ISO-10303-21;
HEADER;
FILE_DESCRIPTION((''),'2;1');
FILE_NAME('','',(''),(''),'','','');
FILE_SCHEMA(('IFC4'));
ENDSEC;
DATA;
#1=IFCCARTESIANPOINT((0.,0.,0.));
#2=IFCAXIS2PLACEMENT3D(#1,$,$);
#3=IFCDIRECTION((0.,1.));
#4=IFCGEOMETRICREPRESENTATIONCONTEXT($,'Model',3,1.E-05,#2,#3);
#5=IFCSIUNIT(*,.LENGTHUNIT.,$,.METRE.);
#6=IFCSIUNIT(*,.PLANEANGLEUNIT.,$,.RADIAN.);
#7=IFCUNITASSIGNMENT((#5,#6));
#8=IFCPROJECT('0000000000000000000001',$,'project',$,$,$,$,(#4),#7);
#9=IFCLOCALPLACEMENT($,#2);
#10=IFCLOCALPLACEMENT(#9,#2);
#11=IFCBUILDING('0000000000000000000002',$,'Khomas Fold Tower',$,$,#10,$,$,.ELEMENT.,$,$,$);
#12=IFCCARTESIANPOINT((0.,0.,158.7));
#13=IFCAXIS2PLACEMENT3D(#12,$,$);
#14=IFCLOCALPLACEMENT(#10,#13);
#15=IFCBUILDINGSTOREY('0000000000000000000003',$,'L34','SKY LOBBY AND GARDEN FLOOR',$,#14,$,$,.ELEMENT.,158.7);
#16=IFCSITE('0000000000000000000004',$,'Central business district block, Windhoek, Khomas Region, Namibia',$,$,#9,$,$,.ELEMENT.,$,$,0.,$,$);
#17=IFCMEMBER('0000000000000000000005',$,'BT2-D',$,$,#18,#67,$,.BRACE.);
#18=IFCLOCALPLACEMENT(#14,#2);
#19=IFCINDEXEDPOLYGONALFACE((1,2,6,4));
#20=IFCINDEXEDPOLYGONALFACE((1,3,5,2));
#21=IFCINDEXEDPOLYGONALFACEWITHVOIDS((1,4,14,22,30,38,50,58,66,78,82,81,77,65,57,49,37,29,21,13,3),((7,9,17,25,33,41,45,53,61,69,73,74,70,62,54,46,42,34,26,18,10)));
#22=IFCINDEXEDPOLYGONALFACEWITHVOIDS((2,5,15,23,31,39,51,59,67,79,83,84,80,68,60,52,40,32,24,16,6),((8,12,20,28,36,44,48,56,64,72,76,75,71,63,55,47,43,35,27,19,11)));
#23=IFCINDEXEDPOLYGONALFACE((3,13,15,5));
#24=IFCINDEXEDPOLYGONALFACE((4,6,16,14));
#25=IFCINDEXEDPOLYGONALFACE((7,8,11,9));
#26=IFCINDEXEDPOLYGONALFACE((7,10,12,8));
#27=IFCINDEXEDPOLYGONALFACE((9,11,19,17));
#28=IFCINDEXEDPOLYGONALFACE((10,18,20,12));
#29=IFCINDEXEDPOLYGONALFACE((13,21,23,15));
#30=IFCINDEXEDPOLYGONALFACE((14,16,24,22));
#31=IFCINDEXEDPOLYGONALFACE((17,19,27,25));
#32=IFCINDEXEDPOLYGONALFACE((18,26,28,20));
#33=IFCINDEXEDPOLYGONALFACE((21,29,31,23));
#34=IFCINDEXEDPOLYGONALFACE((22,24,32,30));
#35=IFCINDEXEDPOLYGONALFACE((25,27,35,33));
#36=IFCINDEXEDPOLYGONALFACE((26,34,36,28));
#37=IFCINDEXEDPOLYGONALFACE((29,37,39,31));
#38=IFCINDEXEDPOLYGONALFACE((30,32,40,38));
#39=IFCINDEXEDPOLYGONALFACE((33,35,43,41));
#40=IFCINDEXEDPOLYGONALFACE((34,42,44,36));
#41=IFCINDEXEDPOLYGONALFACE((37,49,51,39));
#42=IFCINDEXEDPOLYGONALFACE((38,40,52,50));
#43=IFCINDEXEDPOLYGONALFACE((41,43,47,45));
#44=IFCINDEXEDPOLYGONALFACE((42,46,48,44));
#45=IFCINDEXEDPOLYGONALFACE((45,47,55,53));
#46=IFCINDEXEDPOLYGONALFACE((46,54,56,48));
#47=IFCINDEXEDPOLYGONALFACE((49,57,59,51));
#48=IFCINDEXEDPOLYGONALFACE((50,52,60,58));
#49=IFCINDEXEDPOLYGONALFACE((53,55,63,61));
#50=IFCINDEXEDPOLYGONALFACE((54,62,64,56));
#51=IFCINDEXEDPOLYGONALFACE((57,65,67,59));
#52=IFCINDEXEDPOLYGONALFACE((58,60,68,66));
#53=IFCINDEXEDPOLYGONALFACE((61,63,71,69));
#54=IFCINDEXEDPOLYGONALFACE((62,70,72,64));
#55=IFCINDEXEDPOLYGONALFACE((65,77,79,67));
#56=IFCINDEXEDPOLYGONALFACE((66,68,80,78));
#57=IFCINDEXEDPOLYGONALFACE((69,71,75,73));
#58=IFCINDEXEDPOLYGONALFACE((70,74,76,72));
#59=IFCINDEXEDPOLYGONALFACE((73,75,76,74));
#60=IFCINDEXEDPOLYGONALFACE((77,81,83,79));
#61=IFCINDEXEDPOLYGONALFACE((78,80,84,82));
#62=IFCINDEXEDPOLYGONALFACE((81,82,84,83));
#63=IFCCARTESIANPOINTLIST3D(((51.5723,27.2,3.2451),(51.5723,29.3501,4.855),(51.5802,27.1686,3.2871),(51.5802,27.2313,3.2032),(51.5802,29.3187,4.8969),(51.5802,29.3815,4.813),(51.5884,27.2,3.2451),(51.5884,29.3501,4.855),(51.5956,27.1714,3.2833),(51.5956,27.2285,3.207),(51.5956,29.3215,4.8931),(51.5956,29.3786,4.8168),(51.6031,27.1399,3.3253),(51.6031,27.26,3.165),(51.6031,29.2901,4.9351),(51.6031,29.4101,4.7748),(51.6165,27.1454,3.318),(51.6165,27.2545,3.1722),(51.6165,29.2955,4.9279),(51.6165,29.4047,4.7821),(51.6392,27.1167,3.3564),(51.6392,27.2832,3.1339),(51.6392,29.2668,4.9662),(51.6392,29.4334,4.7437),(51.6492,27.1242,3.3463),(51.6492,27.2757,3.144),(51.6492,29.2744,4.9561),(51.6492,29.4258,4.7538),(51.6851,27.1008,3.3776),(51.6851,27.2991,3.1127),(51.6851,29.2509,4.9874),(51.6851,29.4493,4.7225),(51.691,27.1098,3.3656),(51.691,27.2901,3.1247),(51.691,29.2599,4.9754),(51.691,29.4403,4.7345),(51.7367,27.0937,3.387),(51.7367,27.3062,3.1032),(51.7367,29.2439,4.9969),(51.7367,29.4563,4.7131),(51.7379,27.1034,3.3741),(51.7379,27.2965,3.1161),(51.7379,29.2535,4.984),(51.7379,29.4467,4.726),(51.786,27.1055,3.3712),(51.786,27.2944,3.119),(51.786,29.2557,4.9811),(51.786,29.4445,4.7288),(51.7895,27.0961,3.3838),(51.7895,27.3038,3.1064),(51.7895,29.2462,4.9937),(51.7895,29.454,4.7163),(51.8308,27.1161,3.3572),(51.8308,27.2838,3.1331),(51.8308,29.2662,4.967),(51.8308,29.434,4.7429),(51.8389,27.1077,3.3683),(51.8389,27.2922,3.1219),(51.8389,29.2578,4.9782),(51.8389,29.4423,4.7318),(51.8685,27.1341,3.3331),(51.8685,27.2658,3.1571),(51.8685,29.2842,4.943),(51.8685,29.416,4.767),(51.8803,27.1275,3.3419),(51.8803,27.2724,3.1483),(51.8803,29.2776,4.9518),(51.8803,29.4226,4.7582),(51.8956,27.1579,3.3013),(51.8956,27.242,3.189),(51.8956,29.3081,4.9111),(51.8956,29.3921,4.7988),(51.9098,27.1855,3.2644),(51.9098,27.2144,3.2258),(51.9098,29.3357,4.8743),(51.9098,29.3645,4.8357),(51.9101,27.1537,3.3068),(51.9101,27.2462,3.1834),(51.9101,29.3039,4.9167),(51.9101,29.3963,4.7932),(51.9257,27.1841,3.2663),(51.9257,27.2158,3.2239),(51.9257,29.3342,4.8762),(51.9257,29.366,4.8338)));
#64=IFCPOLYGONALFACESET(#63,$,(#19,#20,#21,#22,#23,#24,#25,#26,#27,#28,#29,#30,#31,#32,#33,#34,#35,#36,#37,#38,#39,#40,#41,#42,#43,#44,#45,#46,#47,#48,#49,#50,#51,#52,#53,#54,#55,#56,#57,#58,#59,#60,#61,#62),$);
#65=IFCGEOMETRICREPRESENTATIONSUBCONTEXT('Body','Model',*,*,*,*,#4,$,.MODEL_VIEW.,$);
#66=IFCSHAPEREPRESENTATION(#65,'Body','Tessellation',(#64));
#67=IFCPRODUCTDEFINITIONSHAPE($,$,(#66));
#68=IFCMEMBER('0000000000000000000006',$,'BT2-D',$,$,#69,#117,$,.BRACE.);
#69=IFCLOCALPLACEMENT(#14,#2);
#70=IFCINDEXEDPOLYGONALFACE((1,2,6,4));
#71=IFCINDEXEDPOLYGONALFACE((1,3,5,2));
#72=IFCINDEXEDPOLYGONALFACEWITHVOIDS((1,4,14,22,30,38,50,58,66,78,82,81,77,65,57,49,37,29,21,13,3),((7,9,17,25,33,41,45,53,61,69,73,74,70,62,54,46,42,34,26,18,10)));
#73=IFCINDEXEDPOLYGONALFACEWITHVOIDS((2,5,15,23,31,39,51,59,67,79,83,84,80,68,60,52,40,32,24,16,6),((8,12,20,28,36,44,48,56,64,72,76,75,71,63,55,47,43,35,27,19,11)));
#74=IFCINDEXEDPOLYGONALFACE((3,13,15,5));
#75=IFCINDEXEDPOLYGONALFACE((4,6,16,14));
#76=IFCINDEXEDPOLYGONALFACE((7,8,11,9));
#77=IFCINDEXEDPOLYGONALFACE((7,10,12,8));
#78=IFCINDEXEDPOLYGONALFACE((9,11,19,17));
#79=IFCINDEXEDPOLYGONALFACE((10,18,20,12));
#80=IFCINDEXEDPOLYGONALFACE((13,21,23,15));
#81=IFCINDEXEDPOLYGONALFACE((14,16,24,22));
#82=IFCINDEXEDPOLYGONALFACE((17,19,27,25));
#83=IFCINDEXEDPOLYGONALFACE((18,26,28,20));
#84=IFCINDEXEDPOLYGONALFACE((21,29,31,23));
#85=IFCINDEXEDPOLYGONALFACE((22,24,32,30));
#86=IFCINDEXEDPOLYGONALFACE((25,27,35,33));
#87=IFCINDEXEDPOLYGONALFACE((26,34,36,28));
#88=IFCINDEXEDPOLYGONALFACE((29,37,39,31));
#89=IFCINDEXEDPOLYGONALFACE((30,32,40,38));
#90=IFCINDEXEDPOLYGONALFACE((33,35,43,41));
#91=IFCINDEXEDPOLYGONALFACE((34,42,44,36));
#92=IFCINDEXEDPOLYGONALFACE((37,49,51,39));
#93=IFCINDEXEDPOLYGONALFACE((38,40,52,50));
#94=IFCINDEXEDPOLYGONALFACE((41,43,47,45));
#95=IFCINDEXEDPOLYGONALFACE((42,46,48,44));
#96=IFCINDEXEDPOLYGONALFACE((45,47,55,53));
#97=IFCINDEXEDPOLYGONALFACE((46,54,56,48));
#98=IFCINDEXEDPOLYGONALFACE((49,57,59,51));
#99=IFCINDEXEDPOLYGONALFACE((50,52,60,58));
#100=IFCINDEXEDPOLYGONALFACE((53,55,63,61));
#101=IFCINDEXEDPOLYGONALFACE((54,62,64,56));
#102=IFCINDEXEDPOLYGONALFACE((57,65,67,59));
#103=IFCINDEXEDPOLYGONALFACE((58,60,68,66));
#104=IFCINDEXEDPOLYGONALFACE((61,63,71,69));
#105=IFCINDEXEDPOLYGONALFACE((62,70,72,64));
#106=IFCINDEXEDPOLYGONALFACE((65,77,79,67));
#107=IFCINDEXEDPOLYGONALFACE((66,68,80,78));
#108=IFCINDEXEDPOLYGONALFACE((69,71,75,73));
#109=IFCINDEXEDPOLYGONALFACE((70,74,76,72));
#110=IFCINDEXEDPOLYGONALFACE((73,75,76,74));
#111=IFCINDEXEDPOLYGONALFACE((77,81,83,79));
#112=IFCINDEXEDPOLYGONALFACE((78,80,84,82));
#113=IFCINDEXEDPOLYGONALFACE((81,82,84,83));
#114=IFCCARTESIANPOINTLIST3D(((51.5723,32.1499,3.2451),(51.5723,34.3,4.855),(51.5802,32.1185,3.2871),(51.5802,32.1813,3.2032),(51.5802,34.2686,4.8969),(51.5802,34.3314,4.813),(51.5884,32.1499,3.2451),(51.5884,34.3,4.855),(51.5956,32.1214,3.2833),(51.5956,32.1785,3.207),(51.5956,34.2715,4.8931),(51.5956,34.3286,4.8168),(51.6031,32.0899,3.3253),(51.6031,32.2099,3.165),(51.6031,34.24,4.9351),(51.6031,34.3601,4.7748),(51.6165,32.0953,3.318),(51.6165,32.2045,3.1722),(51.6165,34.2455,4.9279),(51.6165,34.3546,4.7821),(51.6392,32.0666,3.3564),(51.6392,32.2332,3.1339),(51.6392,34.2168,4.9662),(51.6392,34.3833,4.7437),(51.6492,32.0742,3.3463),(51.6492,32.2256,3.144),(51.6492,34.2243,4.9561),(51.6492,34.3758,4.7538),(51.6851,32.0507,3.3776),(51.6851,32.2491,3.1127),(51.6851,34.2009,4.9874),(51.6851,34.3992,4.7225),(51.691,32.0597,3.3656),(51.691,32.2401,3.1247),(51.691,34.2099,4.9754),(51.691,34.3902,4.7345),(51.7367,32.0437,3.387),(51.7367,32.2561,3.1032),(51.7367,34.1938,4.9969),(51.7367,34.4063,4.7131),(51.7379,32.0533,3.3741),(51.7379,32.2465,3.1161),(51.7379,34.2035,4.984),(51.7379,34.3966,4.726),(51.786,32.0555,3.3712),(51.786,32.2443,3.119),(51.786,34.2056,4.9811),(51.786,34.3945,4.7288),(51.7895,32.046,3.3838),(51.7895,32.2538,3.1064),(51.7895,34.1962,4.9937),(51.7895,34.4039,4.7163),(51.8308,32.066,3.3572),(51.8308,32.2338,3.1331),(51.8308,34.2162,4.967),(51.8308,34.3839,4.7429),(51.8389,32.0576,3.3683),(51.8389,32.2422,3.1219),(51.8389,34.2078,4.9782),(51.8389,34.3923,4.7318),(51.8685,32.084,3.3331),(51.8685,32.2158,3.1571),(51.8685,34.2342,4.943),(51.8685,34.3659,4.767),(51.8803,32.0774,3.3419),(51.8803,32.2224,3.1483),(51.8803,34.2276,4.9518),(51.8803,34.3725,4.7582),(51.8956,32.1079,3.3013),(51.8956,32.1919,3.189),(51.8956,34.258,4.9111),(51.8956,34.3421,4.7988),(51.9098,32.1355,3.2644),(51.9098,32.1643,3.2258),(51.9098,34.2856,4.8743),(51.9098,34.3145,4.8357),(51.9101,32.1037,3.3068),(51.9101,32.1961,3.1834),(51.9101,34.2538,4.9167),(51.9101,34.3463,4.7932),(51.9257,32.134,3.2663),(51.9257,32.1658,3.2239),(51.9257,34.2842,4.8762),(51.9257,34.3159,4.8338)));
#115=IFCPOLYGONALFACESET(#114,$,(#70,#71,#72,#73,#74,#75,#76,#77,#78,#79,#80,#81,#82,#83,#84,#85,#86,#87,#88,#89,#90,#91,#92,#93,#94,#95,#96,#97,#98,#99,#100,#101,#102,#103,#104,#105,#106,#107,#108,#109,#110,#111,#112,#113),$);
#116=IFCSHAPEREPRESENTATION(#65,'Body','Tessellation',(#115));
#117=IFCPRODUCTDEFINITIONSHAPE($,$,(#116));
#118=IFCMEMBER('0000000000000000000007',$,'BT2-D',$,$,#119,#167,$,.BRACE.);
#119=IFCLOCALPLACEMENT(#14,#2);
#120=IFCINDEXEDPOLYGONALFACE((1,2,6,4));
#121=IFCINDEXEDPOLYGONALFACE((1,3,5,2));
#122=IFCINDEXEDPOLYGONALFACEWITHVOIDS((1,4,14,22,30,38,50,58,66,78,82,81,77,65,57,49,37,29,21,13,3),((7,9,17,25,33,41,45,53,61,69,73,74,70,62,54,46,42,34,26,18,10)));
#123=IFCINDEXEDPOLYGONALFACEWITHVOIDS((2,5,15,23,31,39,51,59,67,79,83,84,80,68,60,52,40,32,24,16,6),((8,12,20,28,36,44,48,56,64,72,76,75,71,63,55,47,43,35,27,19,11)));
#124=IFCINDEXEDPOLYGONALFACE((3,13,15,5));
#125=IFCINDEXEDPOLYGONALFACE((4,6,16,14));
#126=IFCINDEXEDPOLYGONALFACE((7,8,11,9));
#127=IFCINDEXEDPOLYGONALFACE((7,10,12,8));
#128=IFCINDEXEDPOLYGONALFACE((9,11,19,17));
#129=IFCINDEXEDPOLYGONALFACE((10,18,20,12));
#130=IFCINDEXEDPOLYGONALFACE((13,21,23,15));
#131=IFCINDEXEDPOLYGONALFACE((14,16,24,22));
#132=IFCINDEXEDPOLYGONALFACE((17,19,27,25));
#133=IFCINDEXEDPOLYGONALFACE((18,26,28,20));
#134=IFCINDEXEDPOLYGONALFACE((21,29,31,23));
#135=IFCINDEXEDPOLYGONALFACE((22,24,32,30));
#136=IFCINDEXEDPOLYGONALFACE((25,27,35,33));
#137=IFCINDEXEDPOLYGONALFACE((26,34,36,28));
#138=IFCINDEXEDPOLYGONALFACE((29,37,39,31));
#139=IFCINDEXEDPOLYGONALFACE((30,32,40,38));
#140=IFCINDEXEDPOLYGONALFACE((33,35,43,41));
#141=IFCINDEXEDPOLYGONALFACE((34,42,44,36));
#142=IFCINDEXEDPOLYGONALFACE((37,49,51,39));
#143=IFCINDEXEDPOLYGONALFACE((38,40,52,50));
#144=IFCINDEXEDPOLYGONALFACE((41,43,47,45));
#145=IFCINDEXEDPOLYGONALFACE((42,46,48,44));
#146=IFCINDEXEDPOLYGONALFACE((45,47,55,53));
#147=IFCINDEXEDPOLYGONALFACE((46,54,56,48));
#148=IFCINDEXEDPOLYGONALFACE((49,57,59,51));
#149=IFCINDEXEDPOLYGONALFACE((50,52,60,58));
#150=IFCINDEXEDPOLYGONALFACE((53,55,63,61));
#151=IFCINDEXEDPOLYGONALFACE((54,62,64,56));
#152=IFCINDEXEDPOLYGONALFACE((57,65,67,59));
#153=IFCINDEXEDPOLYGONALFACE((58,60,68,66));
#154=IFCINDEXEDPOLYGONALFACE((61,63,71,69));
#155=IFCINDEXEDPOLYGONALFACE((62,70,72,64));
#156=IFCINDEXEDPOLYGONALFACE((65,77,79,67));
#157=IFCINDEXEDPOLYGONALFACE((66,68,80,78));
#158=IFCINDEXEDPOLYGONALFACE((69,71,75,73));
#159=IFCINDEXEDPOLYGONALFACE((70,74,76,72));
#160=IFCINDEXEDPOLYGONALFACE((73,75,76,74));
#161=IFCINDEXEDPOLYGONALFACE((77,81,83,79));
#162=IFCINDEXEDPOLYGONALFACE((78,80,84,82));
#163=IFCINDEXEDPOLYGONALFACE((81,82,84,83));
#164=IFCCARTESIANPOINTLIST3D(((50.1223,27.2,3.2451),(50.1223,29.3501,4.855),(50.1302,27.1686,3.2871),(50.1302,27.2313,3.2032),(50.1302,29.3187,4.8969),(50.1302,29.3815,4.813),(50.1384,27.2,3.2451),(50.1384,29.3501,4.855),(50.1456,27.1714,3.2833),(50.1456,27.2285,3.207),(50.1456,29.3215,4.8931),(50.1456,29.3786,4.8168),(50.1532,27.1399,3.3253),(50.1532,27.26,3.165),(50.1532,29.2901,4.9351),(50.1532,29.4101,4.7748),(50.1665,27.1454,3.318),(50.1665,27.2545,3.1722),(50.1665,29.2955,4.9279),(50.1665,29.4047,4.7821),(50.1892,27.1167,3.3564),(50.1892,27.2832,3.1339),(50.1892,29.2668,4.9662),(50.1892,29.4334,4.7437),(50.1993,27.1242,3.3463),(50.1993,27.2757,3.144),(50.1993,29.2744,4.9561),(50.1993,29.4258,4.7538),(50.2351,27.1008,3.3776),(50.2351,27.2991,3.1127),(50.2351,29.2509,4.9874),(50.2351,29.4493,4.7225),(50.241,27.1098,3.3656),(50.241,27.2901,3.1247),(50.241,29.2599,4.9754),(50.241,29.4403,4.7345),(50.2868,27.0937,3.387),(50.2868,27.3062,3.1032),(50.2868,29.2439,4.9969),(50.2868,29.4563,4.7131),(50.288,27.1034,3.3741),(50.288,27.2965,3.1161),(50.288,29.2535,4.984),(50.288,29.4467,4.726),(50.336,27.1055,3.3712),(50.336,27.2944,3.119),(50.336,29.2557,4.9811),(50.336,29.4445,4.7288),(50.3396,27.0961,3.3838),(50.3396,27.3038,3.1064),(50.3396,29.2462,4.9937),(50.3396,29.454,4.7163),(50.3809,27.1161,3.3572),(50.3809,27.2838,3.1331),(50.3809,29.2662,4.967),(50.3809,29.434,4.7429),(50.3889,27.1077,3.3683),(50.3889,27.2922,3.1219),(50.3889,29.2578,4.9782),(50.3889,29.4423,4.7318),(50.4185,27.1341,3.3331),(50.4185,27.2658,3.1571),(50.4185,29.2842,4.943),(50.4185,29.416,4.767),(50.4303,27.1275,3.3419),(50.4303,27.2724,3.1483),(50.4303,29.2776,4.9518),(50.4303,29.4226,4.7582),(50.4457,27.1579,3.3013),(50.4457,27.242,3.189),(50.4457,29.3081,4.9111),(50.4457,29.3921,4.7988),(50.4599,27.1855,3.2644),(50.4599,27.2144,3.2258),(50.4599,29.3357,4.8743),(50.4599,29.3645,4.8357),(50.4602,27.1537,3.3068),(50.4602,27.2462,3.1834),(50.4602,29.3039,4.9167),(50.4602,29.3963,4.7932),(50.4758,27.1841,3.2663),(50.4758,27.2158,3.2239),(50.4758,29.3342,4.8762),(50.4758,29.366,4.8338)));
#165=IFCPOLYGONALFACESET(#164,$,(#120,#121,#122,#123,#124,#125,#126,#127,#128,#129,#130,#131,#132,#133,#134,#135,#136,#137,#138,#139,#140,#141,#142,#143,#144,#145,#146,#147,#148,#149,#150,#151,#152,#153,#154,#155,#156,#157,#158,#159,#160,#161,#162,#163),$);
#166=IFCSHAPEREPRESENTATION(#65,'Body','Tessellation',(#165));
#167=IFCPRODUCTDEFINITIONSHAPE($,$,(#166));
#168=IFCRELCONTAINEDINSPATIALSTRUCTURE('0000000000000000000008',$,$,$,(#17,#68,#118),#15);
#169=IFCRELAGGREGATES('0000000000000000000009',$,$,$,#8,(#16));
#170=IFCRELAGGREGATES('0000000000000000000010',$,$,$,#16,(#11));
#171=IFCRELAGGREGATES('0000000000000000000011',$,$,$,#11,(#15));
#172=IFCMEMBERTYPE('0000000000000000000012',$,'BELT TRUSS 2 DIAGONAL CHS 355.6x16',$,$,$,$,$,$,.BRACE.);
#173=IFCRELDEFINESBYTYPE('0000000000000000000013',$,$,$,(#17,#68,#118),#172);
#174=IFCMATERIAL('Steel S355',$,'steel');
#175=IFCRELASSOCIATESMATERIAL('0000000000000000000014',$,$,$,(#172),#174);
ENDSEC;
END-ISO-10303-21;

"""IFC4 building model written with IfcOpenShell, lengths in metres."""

from ifc_helpers import new_model, si_unit, direction, frame, origin, origin_2d, place, context, subcontext, project, spatial, hollow_circle, extrude, source, transform, mapped, material, material_profile, profile_set, type_object, element, save


model = new_model("IFC4")

# Units and contexts
model_context = context("Model", 3, precision=1e-05, world=origin(), true_north=direction((0.0, 1.0)))
body_context = subcontext(model_context, "Body", "Model", "MODEL_VIEW")
ifc_project = project(units=[si_unit("LENGTHUNIT", "METRE"), si_unit("PLANEANGLEUNIT", "RADIAN")], contexts=[model_context])

# Site, building, storey
site_placement = place(None, origin())
site = spatial("IfcSite", under=ifc_project, at=site_placement, Name="Central business district block, Windhoek, Khomas Region, Namibia", CompositionType="ELEMENT", RefElevation=0.0)
building_placement = place(site_placement, origin())
building = spatial("IfcBuilding", under=site, at=building_placement, Name="Khomas Fold Tower", CompositionType="ELEMENT")
storey_placement = place(building_placement, frame((0.0, 0.0, 158.7)))
storey = spatial("IfcBuildingStorey", under=building, at=storey_placement, Name="L34", Description="SKY LOBBY AND GARDEN FLOOR", CompositionType="ELEMENT", Elevation=158.7)

# Members
ifc_material_1 = material(Name="Steel S355", Category="steel")
ifc_material_profile_1 = material_profile(ifc_material_1, hollow_circle(Radius=0.1777, WallThickness=0.0161, at=origin_2d()), Name="CHS 355.6x16")
ifc_profile_set_1 = profile_set([ifc_material_profile_1], Name="Steel S355")
member_type_1 = type_object("IfcMemberType", Name="BELT TRUSS 2 DIAGONAL CHS 355.6x16", PredefinedType="BRACE", material=ifc_profile_set_1)
shared_shape_1 = source(origin(), body_context, "Body", "SweptSolid", [
    extrude(hollow_circle(Radius=0.1777, WallThickness=0.0161, at=origin_2d()), origin(), (0.0, 0.0, 1.0), 2.686),
])
for number, where, z_axis, x_axis, name in (
    (1, (51.75, 27.2, 3.2451), (0.0, 0.800491, 0.599345), (-1.0, 0.0, 0.0), "BT2-D"),
    (2, (51.75, 32.1499, 3.2451), (0.0, 0.800491, 0.599345), (-1.0, 0.0, 0.0), "BT2-D"),
    (3, (50.3, 27.2, 3.2451), (0.0, 0.800491, 0.599345), (-1.0, 0.0, 0.0), "BT2-D"),
):
    element("IfcMember", number, at=place(storey_placement, frame(where, z_axis=z_axis, x_axis=x_axis)), inside=storey, type_object=member_type_1, Name=name, PredefinedType="BRACE", context=body_context, shape_type="MappedRepresentation", body=[
        mapped(shared_shape_1, transform((0.0, 0.0, 0.0))),
    ])

save(model, "model.ifc")
